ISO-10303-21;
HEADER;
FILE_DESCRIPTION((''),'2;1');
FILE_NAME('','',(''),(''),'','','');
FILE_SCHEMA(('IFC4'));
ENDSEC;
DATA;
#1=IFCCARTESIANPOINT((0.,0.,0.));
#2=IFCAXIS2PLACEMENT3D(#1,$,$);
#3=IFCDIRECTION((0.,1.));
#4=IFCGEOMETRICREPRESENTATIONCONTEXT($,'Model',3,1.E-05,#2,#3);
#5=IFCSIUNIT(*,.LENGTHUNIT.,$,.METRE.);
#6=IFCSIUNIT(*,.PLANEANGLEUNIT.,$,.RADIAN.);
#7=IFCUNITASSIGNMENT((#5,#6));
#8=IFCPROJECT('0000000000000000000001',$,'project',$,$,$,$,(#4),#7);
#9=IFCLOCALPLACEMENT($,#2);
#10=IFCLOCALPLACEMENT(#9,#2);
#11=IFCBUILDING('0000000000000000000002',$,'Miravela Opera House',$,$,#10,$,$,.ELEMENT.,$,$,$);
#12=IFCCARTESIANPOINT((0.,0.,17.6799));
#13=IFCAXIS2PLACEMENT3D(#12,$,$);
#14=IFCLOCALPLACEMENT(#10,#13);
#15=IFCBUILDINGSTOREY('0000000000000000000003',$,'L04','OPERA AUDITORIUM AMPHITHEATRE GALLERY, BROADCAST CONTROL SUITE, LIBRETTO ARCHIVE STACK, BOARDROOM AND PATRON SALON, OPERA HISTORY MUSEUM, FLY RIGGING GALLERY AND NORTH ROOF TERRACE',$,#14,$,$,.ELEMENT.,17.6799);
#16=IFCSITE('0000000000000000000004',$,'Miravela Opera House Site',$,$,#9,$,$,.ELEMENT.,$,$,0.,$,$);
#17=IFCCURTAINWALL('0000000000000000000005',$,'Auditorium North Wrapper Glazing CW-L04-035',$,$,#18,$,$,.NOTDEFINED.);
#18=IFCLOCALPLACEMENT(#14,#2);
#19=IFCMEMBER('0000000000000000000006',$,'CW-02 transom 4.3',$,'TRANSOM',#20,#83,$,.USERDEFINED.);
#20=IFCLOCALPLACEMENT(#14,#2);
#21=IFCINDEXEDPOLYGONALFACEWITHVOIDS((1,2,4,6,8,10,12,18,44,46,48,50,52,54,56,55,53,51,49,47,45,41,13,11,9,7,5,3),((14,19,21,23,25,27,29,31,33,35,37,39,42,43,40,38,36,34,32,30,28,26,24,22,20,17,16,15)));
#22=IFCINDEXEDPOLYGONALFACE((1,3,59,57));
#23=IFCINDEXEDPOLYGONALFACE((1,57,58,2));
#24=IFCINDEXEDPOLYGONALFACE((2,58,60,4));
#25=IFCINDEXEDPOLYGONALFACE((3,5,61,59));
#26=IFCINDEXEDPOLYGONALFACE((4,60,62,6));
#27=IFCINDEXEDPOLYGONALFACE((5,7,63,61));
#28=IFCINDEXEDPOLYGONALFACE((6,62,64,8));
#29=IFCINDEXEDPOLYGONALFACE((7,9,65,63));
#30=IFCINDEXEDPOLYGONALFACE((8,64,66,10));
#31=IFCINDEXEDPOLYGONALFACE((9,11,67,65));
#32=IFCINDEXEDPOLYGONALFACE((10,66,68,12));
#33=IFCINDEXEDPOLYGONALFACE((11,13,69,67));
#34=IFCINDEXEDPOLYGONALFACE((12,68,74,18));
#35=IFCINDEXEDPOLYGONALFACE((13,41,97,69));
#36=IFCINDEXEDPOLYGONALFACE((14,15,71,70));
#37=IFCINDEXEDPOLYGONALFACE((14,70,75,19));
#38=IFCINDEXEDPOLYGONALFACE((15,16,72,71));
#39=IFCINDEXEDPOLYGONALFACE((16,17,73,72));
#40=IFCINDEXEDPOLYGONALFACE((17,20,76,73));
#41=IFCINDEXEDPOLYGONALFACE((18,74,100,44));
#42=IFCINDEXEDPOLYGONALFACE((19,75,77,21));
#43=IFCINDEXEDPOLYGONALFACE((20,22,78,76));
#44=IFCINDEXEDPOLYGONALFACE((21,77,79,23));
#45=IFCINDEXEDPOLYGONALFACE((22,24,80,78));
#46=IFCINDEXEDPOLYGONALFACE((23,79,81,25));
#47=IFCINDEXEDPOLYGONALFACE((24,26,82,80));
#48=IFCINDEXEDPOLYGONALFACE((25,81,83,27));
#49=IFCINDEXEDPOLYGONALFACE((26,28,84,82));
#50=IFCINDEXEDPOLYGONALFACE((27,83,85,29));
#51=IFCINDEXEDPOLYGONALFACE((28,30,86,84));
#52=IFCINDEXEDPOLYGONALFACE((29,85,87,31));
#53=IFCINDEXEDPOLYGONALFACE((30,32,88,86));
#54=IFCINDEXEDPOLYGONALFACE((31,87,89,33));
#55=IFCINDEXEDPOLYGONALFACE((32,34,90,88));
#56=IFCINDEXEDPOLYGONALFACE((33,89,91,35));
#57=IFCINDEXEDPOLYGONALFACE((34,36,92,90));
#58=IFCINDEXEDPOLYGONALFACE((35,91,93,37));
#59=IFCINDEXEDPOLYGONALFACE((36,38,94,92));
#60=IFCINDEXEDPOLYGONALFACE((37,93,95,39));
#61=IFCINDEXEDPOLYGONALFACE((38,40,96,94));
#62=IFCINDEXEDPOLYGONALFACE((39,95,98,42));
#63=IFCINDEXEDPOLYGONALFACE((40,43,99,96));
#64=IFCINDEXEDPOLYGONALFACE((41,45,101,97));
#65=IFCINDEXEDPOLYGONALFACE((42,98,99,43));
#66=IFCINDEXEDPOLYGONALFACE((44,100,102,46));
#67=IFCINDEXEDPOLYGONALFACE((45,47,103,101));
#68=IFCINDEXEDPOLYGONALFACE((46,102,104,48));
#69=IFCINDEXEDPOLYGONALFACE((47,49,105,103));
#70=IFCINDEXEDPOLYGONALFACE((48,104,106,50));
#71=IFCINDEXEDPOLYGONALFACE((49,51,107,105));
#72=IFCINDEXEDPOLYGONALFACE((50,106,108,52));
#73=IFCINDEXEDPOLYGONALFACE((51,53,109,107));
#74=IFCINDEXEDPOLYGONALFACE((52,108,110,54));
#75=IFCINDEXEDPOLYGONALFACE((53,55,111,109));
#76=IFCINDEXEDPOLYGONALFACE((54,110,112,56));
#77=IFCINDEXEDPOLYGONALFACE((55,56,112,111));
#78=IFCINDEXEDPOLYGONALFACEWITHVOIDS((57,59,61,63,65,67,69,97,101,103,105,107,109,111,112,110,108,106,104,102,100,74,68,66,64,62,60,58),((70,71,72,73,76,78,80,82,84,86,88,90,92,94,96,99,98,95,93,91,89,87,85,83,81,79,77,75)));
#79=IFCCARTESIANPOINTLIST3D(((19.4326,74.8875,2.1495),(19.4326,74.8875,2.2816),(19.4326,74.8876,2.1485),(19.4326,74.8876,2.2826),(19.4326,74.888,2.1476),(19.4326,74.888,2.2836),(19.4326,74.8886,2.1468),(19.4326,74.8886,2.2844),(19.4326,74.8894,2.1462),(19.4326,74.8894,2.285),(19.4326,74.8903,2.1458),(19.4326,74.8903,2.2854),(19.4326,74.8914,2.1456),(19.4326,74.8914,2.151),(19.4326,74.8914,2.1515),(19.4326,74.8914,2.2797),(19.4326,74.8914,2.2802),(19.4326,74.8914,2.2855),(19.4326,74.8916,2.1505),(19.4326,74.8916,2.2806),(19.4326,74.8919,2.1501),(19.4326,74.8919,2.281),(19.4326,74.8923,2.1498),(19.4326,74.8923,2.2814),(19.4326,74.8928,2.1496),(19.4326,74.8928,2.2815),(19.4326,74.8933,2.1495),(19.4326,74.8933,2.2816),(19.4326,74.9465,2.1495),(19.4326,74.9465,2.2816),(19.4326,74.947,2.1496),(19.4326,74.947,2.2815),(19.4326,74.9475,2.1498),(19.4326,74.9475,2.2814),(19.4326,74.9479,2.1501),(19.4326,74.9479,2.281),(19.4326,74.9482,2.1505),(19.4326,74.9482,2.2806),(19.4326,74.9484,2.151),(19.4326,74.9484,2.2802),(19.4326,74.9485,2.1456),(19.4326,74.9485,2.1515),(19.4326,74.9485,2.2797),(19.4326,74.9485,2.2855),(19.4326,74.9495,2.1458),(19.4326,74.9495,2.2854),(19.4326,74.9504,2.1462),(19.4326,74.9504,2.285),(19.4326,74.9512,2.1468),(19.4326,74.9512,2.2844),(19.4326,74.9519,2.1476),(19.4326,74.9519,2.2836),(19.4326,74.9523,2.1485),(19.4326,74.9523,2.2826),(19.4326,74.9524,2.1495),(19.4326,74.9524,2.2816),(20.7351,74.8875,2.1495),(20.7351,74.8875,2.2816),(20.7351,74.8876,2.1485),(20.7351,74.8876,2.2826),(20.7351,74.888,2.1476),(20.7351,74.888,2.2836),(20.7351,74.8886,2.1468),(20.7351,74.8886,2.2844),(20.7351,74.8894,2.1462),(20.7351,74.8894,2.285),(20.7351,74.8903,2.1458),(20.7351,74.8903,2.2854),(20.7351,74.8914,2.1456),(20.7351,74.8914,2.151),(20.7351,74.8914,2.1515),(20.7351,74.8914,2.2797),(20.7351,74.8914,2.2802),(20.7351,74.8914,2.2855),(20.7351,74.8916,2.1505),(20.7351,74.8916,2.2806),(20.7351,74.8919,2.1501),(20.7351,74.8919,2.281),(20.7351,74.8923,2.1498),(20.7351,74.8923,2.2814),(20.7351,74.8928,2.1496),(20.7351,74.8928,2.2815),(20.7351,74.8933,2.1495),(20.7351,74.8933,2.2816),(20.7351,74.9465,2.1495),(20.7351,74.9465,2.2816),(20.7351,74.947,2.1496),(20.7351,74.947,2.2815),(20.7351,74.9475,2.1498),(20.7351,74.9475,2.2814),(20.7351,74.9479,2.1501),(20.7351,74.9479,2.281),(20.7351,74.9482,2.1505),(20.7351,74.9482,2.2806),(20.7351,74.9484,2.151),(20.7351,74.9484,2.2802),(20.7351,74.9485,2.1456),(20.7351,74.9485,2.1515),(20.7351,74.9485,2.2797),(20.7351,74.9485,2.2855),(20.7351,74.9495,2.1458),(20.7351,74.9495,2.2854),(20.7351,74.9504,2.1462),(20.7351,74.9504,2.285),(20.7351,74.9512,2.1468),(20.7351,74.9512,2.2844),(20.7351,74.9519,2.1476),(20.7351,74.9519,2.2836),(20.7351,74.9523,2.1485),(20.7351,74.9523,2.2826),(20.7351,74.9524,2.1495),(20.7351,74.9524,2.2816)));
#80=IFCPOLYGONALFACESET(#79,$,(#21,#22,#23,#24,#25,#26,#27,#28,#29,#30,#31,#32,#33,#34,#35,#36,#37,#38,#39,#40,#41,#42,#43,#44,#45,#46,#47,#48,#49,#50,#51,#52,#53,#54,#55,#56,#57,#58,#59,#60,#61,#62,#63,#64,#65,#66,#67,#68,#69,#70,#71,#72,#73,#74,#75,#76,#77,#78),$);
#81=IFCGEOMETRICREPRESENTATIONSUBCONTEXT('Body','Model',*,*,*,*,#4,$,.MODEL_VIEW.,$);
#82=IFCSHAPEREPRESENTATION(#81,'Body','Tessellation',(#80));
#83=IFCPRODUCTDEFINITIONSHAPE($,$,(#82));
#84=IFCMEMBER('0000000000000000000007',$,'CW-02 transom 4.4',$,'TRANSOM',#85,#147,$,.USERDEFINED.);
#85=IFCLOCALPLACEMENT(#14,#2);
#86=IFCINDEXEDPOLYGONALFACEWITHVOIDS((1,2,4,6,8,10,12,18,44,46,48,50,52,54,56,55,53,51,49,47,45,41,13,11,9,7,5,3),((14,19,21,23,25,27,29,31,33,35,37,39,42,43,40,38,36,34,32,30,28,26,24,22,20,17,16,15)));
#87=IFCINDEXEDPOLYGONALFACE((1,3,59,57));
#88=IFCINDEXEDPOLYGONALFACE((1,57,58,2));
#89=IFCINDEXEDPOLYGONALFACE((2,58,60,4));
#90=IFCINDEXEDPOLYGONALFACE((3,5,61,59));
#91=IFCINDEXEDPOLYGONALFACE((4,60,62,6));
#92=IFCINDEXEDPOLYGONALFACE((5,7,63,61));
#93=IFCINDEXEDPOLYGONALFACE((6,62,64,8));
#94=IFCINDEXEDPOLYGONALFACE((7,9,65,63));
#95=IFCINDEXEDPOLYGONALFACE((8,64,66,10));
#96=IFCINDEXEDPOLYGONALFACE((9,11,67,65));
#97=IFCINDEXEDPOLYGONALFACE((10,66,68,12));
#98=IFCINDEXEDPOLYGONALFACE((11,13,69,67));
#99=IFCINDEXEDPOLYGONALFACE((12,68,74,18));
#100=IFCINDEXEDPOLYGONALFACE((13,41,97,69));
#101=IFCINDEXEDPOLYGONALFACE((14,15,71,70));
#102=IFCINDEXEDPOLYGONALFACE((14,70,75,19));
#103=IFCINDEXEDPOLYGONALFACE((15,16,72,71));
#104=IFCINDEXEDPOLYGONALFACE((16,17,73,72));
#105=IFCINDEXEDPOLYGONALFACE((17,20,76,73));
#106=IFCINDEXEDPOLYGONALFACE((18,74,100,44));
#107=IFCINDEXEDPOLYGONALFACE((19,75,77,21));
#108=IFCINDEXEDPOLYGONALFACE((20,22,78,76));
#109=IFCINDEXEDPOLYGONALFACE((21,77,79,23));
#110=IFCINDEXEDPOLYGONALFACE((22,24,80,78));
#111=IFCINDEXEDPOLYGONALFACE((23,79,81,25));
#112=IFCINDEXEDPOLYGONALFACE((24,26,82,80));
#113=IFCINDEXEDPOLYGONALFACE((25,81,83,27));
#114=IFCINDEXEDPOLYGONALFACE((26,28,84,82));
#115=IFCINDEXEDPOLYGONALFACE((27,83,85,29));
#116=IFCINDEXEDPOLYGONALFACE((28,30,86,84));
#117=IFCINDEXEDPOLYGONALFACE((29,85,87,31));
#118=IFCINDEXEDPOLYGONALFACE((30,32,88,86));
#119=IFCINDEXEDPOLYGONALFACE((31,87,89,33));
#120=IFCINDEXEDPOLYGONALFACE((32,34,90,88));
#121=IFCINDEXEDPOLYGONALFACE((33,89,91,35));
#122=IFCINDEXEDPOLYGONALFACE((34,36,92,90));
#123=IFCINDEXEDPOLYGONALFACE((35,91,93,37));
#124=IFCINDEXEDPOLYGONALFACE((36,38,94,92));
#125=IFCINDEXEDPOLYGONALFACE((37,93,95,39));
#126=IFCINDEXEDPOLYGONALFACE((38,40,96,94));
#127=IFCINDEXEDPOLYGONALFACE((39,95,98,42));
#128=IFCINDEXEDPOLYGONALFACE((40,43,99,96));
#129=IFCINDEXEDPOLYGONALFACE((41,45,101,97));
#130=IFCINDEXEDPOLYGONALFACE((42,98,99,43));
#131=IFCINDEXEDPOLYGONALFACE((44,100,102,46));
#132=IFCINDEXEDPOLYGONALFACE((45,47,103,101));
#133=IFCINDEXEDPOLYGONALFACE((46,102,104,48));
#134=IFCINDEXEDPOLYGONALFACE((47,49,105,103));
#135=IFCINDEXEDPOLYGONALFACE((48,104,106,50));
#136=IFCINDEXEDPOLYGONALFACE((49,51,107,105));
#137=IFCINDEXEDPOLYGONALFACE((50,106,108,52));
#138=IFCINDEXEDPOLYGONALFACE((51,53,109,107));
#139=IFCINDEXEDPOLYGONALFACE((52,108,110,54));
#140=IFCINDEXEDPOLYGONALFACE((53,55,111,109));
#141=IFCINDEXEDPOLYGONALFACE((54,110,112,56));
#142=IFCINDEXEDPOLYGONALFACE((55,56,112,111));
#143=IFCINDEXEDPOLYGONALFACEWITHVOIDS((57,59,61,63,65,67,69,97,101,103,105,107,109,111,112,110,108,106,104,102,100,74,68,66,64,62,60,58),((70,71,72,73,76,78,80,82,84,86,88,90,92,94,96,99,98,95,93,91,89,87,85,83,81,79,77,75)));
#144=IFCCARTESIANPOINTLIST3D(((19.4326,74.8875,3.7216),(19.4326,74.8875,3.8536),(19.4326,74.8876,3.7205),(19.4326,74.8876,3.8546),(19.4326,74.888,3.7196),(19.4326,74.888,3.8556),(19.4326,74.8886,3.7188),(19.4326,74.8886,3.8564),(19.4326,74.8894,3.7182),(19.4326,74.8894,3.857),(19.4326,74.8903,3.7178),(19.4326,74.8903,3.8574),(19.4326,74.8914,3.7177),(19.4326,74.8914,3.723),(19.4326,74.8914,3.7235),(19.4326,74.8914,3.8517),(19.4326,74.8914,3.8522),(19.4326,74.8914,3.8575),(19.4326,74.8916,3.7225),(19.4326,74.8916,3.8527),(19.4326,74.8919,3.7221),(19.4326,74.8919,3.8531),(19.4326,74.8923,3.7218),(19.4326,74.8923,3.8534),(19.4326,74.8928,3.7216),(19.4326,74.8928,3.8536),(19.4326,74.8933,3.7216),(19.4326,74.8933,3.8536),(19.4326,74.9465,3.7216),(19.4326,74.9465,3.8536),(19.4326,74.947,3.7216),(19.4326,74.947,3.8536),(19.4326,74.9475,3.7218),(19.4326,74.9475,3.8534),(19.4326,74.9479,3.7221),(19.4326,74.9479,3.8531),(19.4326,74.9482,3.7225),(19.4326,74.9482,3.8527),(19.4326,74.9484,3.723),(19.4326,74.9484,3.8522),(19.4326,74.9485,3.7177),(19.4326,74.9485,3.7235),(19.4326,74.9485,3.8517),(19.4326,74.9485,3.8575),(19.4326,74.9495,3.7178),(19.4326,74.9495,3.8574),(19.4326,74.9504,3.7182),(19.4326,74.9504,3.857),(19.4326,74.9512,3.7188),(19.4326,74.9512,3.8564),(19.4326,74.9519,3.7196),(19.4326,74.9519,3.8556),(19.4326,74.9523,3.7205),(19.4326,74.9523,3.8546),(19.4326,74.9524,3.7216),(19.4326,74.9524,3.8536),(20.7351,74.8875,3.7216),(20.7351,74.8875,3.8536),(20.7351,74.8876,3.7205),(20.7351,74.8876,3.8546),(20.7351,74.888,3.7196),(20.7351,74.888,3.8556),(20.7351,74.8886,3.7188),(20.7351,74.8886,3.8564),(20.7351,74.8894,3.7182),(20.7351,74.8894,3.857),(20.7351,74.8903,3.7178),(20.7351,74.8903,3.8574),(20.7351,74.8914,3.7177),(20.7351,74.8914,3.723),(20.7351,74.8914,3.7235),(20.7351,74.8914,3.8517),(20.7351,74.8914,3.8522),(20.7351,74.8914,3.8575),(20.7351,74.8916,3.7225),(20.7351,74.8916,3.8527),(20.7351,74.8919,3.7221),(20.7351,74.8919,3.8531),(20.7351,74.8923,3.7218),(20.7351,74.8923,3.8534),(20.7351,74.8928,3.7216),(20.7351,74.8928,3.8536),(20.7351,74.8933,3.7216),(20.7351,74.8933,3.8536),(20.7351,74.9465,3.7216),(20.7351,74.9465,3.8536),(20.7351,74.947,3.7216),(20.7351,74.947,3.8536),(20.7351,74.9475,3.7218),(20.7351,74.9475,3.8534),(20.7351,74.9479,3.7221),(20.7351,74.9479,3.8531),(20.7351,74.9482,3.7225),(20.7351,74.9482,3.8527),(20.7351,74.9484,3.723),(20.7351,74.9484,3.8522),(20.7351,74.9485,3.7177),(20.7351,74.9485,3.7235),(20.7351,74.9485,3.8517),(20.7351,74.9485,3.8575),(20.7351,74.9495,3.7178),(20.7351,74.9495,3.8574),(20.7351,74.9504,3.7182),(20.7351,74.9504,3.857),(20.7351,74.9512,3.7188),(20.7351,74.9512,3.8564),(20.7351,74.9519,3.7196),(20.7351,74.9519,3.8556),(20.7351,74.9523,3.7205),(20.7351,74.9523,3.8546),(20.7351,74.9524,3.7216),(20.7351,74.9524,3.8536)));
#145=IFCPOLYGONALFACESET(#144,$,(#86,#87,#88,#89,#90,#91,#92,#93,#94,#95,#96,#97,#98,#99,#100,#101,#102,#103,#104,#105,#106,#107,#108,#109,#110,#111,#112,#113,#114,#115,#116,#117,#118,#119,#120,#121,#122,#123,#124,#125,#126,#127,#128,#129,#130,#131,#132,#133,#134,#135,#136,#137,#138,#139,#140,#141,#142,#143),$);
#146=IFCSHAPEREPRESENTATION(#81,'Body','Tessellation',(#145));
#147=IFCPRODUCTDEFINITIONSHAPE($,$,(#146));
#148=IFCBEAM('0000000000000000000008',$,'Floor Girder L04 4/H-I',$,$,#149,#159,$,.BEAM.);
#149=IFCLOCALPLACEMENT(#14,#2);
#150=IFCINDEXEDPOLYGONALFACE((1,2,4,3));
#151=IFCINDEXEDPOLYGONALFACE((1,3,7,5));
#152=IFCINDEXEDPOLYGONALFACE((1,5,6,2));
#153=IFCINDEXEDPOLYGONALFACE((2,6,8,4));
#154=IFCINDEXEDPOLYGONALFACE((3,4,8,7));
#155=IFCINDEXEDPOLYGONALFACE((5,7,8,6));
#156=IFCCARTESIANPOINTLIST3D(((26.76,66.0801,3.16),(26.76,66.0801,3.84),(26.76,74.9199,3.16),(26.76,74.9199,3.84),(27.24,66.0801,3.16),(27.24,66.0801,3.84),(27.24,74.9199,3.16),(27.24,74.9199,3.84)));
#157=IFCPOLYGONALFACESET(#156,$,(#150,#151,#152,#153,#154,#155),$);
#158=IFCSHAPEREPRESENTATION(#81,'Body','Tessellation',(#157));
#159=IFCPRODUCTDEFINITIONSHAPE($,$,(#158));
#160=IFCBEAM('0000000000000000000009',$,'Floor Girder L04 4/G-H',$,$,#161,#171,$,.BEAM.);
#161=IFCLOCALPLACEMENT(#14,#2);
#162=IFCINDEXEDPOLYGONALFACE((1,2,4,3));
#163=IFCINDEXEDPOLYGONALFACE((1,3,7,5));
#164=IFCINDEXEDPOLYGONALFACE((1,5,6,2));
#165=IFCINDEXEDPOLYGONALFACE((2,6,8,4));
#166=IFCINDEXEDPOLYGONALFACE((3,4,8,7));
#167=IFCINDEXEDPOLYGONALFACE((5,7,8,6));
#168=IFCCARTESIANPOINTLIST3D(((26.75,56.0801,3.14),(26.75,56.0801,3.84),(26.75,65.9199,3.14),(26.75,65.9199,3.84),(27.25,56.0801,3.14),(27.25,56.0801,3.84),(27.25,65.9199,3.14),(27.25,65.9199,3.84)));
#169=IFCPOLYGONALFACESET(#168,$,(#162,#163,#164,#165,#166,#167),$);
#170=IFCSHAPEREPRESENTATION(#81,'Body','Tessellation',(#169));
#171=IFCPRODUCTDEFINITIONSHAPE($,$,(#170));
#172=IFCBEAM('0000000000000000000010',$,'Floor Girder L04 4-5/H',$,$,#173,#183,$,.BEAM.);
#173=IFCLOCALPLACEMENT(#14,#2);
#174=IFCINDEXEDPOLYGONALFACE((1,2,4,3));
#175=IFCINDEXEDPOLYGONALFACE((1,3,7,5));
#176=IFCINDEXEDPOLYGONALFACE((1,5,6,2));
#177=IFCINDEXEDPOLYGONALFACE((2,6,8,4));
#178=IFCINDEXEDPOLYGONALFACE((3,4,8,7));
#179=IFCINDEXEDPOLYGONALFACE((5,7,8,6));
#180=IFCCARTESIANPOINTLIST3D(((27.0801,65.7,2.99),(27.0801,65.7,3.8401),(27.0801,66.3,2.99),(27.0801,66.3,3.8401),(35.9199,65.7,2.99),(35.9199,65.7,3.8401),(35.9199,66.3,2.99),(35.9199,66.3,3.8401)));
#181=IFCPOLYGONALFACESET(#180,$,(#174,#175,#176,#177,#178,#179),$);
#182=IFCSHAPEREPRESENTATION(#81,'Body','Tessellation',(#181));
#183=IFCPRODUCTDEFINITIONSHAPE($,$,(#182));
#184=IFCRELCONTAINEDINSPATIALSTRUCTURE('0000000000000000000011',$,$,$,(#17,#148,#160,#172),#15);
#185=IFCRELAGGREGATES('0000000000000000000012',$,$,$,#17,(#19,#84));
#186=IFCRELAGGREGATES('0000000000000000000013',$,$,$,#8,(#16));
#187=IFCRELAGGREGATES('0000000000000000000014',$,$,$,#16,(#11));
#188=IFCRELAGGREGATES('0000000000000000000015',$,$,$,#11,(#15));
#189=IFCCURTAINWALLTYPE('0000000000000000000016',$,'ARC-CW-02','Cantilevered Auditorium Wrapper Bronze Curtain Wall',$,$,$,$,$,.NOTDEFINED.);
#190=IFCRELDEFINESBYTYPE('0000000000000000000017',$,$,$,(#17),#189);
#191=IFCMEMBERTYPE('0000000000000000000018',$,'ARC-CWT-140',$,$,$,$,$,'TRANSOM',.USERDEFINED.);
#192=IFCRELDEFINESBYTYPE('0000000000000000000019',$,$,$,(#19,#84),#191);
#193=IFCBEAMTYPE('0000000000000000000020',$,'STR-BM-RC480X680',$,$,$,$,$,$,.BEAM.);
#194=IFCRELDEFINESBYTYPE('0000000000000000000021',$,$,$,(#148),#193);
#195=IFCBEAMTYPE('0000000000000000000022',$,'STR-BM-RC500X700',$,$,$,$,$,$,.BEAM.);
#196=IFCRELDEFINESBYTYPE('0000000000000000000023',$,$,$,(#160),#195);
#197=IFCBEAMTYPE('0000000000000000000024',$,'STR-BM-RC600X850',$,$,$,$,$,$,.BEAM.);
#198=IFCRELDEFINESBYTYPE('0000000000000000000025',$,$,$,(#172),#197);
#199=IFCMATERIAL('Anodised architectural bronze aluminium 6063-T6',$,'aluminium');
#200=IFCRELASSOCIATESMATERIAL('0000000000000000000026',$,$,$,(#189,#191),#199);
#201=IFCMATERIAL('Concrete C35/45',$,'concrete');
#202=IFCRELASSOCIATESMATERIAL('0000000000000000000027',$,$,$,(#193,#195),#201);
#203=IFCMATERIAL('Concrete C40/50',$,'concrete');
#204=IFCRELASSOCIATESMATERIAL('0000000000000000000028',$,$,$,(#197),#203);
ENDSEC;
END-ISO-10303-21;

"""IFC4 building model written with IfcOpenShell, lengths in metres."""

from ifc_helpers import new_model, si_unit, direction, frame, origin, origin_2d, place, context, subcontext, project, spatial, rectangle, hollow_rectangle, extrude, material, material_profile, profile_set, type_object, element, aggregate, save


model = new_model("IFC4")

# Units and contexts
model_context = context("Model", 3, precision=1e-05, world=origin(), true_north=direction((0.0, 1.0)))
body_context = subcontext(model_context, "Body", "Model", "MODEL_VIEW")
ifc_project = project(units=[si_unit("LENGTHUNIT", "METRE"), si_unit("PLANEANGLEUNIT", "RADIAN")], contexts=[model_context])

# Site, building, storey
site_placement = place(None, origin())
site = spatial("IfcSite", under=ifc_project, at=site_placement, Name="Miravela Opera House Site", CompositionType="ELEMENT", RefElevation=0.0)
building_placement = place(site_placement, origin())
building = spatial("IfcBuilding", under=site, at=building_placement, Name="Miravela Opera House", CompositionType="ELEMENT")
storey_placement = place(building_placement, frame((0.0, 0.0, 17.6799)))
storey = spatial("IfcBuildingStorey", under=building, at=storey_placement, Name="L04", Description="OPERA AUDITORIUM AMPHITHEATRE GALLERY, BROADCAST CONTROL SUITE, LIBRETTO ARCHIVE STACK, BOARDROOM AND PATRON SALON, OPERA HISTORY MUSEUM, FLY RIGGING GALLERY AND NORTH ROOF TERRACE", CompositionType="ELEMENT", Elevation=17.6799)

# Shared definitions
ifc_material_1 = material(Name="Concrete C35/45", Category="concrete")

# Curtain wall, members
ifc_material_2 = material(Name="Anodised architectural bronze aluminium 6063-T6", Category="aluminium")
curtain_wall_type = type_object("IfcCurtainWallType", Name="ARC-CW-02", Description="Cantilevered Auditorium Wrapper Bronze Curtain Wall", PredefinedType="NOTDEFINED", material=ifc_material_2)
curtain_wall_placement = place(storey_placement, origin())
curtain_wall = element("IfcCurtainWall", 1, at=curtain_wall_placement, inside=storey, type_object=curtain_wall_type, Name="Auditorium North Wrapper Glazing CW-L04-035", PredefinedType="NOTDEFINED")
ifc_material_profile_1 = material_profile(ifc_material_2, hollow_rectangle(XDim=0.0649, YDim=0.1399, WallThickness=0.0039, InnerFilletRadius=0.002, OuterFilletRadius=0.0039, at=origin_2d()), Name="CWT-65X140")
ifc_profile_set_1 = profile_set([ifc_material_profile_1])
member_type_1 = type_object("IfcMemberType", Name="ARC-CWT-140", ElementType="TRANSOM", PredefinedType="USERDEFINED", material=ifc_profile_set_1)
member_1_placement = place(storey_placement, frame((19.4326, 74.9199, 2.2156), z_axis=(1.0, 0.0, 0.0), x_axis=(0.0, 1.0, 0.0)))
member_1 = element("IfcMember", 2, at=member_1_placement, type_object=member_type_1, Name="CW-02 transom 4.3", ObjectType="TRANSOM", PredefinedType="USERDEFINED", context=body_context, shape_type="SweptSolid", body=[
    extrude(hollow_rectangle(XDim=0.0649, YDim=0.1399, WallThickness=0.0039, InnerFilletRadius=0.002, OuterFilletRadius=0.0039, at=origin_2d()), origin(), (0.0, 0.0, 1.0), 1.3025),
])
member_2_placement = place(storey_placement, frame((19.4326, 74.9199, 3.7876), z_axis=(1.0, 0.0, 0.0), x_axis=(0.0, 1.0, 0.0)))
member_2 = element("IfcMember", 3, at=member_2_placement, type_object=member_type_1, Name="CW-02 transom 4.4", ObjectType="TRANSOM", PredefinedType="USERDEFINED", context=body_context, shape_type="SweptSolid", body=[
    extrude(hollow_rectangle(XDim=0.0649, YDim=0.1399, WallThickness=0.0039, InnerFilletRadius=0.002, OuterFilletRadius=0.0039, at=origin_2d()), origin(), (0.0, 0.0, 1.0), 1.3025),
])

# Beams
ifc_material_profile_2 = material_profile(ifc_material_1, rectangle(XDim=0.48, YDim=0.6799, at=origin_2d()), Name="RC-BM-480X680")
ifc_profile_set_2 = profile_set([ifc_material_profile_2])
beam_type_1 = type_object("IfcBeamType", Name="STR-BM-RC480X680", PredefinedType="BEAM", material=ifc_profile_set_2)
beam_1_placement = place(storey_placement, frame((27.0, 66.0801, 3.5), z_axis=(0.0, 1.0, 0.0), x_axis=(-1.0, 0.0, 0.0)))
element("IfcBeam", 4, at=beam_1_placement, inside=storey, type_object=beam_type_1, Name="Floor Girder L04 4/H-I", PredefinedType="BEAM", context=body_context, shape_type="SweptSolid", body=[
    extrude(rectangle(XDim=0.48, YDim=0.6799, at=origin_2d()), origin(), (0.0, 0.0, 1.0), 8.8398),
])
ifc_material_profile_3 = material_profile(ifc_material_1, rectangle(XDim=0.5, YDim=0.7, at=origin_2d()), Name="RC-BM-500X700")
ifc_profile_set_3 = profile_set([ifc_material_profile_3])
beam_type_2 = type_object("IfcBeamType", Name="STR-BM-RC500X700", PredefinedType="BEAM", material=ifc_profile_set_3)
beam_2_placement = place(storey_placement, frame((27.0, 56.0801, 3.49), z_axis=(0.0, 1.0, 0.0), x_axis=(-1.0, 0.0, 0.0)))
element("IfcBeam", 5, at=beam_2_placement, inside=storey, type_object=beam_type_2, Name="Floor Girder L04 4/G-H", PredefinedType="BEAM", context=body_context, shape_type="SweptSolid", body=[
    extrude(rectangle(XDim=0.5, YDim=0.7, at=origin_2d()), origin(), (0.0, 0.0, 1.0), 9.8398),
])
ifc_material_3 = material(Name="Concrete C40/50", Category="concrete")
ifc_material_profile_4 = material_profile(ifc_material_3, rectangle(XDim=0.6001, YDim=0.8501, at=origin_2d()), Name="RC-BM-600X850")
ifc_profile_set_4 = profile_set([ifc_material_profile_4])
beam_type_3 = type_object("IfcBeamType", Name="STR-BM-RC600X850", PredefinedType="BEAM", material=ifc_profile_set_4)
beam_3_placement = place(storey_placement, frame((27.0801, 66.0, 3.415), z_axis=(1.0, 0.0, 0.0), x_axis=(0.0, 1.0, 0.0)))
element("IfcBeam", 6, at=beam_3_placement, inside=storey, type_object=beam_type_3, Name="Floor Girder L04 4-5/H", PredefinedType="BEAM", context=body_context, shape_type="SweptSolid", body=[
    extrude(rectangle(XDim=0.6001, YDim=0.8501, at=origin_2d()), origin(), (0.0, 0.0, 1.0), 8.8398),
])

aggregate(curtain_wall, [member_1, member_2])

save(model, "model.ifc")
